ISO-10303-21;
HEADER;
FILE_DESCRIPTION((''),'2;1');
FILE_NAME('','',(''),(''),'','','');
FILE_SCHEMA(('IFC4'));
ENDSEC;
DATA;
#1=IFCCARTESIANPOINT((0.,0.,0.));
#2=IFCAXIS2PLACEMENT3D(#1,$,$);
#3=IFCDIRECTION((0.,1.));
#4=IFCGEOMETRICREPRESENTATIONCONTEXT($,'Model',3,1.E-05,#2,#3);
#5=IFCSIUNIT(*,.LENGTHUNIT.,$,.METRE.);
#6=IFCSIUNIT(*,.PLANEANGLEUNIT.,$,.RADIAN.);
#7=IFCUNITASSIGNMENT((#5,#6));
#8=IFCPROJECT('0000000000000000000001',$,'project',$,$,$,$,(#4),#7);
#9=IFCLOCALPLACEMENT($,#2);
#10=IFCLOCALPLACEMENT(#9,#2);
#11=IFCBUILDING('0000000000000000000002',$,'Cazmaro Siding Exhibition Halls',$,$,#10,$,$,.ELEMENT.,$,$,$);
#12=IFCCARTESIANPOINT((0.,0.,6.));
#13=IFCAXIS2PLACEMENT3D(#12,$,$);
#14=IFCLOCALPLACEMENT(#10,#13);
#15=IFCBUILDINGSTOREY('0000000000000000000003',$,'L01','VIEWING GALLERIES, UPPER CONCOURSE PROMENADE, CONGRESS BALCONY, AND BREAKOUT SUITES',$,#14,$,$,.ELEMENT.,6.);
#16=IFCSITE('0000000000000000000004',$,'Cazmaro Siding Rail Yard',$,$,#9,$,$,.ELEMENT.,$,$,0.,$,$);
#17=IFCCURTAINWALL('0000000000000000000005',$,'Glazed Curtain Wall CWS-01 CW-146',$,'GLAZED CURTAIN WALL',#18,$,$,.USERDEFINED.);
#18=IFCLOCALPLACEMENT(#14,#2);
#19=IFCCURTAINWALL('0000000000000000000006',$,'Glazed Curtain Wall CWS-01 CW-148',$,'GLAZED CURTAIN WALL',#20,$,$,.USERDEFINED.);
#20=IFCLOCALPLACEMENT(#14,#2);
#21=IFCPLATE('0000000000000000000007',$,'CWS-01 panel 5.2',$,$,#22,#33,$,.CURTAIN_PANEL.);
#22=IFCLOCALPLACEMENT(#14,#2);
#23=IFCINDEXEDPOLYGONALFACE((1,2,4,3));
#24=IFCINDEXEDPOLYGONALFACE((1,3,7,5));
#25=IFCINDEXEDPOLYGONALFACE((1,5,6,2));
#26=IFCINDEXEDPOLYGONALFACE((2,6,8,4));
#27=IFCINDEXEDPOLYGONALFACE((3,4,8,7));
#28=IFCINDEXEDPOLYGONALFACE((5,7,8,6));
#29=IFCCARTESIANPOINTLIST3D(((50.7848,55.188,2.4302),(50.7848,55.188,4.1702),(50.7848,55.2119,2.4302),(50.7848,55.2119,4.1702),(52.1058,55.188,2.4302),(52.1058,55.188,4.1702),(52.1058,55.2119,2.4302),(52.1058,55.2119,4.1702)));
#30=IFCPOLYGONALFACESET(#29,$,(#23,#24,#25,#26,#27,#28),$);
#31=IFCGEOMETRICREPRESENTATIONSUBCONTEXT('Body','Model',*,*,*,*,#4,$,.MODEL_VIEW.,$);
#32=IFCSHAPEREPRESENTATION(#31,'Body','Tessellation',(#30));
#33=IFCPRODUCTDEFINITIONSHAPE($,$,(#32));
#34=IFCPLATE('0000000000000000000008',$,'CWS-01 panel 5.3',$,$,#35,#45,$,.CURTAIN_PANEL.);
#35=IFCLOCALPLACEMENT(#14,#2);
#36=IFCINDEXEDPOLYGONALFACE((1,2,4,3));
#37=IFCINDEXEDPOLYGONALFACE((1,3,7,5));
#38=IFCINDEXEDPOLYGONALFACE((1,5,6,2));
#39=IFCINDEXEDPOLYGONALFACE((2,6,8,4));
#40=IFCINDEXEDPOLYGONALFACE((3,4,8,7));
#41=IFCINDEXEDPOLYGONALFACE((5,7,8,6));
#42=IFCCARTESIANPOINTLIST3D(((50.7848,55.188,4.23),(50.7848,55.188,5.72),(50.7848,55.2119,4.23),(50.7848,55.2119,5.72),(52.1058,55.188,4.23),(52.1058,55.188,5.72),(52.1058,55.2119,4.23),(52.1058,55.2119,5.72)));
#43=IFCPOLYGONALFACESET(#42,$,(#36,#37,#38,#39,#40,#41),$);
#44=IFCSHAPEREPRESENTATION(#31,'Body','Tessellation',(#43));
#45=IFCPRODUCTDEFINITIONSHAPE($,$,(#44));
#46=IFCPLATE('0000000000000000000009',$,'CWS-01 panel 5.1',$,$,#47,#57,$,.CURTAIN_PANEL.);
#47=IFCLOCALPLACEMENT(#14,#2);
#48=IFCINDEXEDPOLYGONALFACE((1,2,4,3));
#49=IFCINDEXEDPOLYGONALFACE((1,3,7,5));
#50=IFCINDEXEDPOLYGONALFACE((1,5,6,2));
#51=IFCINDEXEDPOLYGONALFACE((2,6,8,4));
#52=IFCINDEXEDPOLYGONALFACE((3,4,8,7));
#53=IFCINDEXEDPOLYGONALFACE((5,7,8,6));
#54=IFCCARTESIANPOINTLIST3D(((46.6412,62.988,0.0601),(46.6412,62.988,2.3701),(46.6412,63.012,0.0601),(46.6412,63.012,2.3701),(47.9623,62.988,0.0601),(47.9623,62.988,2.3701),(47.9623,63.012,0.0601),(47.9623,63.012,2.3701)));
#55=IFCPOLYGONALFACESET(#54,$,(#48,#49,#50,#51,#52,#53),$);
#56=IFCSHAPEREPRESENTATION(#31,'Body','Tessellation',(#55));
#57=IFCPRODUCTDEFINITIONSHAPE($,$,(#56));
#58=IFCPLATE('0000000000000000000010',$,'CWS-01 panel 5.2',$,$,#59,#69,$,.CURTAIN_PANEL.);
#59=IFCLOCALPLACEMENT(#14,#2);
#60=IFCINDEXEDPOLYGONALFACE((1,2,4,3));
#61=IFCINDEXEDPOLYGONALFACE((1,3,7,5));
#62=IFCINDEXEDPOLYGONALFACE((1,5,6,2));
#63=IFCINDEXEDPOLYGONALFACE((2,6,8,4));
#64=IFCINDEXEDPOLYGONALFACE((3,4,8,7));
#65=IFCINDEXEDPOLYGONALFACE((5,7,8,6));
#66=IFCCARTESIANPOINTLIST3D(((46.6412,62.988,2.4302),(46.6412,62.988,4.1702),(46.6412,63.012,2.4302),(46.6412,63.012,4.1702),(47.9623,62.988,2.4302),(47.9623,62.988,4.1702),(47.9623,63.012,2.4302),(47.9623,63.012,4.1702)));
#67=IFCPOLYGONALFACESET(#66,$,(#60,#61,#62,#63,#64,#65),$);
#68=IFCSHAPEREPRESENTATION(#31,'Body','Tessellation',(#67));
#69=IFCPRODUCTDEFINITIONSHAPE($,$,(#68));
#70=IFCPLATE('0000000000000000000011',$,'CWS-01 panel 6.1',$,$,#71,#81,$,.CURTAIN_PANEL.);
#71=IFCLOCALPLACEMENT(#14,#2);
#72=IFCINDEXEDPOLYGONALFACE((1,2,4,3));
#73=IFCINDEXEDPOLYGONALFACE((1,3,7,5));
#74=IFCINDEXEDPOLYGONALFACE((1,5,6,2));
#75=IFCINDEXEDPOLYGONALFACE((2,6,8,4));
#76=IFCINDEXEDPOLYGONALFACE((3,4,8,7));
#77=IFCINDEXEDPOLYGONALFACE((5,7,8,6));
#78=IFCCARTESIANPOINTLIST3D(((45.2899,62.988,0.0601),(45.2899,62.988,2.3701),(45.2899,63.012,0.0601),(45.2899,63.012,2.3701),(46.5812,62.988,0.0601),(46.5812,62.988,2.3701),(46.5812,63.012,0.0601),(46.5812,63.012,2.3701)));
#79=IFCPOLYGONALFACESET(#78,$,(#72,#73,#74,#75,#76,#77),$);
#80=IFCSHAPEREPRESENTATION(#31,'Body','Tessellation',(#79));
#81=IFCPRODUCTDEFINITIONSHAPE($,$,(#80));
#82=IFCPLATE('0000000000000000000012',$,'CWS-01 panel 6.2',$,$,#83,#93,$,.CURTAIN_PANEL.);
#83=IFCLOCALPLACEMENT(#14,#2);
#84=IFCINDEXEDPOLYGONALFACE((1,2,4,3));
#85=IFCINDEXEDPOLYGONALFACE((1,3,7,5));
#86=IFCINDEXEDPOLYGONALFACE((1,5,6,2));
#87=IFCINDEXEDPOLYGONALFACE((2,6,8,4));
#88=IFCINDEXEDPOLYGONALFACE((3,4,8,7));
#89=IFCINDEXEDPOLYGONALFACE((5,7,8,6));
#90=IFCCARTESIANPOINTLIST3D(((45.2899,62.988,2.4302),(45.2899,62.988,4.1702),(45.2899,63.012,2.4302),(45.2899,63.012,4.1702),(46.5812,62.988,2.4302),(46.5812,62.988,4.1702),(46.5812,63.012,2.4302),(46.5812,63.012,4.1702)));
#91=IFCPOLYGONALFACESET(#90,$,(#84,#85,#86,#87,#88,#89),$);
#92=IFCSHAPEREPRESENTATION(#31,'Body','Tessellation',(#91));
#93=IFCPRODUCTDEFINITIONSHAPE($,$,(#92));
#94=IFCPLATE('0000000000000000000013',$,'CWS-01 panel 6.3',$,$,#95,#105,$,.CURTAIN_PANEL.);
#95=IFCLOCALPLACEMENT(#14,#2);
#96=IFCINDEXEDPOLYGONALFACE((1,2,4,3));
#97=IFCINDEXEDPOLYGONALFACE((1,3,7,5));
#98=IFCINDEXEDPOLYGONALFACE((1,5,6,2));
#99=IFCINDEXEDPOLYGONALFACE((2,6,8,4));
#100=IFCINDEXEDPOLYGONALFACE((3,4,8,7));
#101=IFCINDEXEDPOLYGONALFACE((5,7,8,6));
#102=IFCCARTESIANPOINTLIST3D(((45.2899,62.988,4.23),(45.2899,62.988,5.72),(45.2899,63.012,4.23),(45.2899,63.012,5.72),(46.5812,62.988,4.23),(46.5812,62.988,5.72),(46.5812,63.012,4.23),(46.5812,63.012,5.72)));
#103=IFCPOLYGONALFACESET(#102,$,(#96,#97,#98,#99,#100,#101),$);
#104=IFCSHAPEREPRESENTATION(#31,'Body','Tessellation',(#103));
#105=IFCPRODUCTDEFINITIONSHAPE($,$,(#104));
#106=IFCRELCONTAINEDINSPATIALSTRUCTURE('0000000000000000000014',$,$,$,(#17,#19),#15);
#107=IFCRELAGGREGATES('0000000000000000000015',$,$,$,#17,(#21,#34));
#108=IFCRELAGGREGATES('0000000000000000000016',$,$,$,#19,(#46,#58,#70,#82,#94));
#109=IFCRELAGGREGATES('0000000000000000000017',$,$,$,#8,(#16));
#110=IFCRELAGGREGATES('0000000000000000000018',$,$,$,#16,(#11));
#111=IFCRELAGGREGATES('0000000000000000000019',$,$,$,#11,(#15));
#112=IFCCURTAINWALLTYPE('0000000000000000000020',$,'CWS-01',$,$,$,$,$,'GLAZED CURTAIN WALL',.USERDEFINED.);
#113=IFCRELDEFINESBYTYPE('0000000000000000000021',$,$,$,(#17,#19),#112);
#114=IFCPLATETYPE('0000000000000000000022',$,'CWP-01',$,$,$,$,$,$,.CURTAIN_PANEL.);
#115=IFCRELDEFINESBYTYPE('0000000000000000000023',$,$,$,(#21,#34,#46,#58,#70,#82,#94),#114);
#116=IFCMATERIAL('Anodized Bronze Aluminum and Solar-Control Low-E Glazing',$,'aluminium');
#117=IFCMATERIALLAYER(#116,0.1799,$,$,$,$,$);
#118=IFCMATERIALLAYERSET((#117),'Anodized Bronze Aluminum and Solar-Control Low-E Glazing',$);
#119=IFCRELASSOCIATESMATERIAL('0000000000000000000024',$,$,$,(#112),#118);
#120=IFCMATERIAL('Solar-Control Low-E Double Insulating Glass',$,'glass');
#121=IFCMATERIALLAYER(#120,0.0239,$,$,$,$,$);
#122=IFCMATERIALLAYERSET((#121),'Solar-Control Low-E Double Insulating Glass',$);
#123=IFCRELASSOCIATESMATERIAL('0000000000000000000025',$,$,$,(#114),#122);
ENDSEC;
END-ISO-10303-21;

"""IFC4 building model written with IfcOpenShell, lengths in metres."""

from ifc_helpers import new_model, si_unit, direction, frame, origin, origin_2d, place, context, subcontext, project, spatial, rectangle, extrude, material, layer, layer_set, type_object, element, aggregate, save


model = new_model("IFC4")

# Units and contexts
model_context = context("Model", 3, precision=1e-05, world=origin(), true_north=direction((0.0, 1.0)))
body_context = subcontext(model_context, "Body", "Model", "MODEL_VIEW")
ifc_project = project(units=[si_unit("LENGTHUNIT", "METRE"), si_unit("PLANEANGLEUNIT", "RADIAN")], contexts=[model_context])

# Site, building, storey
site_placement = place(None, origin())
site = spatial("IfcSite", under=ifc_project, at=site_placement, Name="Cazmaro Siding Rail Yard", CompositionType="ELEMENT", RefElevation=0.0)
building_placement = place(site_placement, origin())
building = spatial("IfcBuilding", under=site, at=building_placement, Name="Cazmaro Siding Exhibition Halls", CompositionType="ELEMENT")
storey_placement = place(building_placement, frame((0.0, 0.0, 6.0)))
storey = spatial("IfcBuildingStorey", under=building, at=storey_placement, Name="L01", Description="VIEWING GALLERIES, UPPER CONCOURSE PROMENADE, CONGRESS BALCONY, AND BREAKOUT SUITES", CompositionType="ELEMENT", Elevation=6.0)

# Curtain walls
ifc_material_1 = material(Name="Anodized Bronze Aluminum and Solar-Control Low-E Glazing", Category="aluminium")
ifc_layer_1 = layer(ifc_material_1, 0.1799)
ifc_layer_set_1 = layer_set([ifc_layer_1], Name="Anodized Bronze Aluminum and Solar-Control Low-E Glazing")
curtain_wall_type = type_object("IfcCurtainWallType", Name="CWS-01", ElementType="GLAZED CURTAIN WALL", PredefinedType="USERDEFINED", material=ifc_layer_set_1)
curtain_wall_1_placement = place(storey_placement, origin())
curtain_wall_1 = element("IfcCurtainWall", 1, at=curtain_wall_1_placement, inside=storey, type_object=curtain_wall_type, Name="Glazed Curtain Wall CWS-01 CW-146", ObjectType="GLAZED CURTAIN WALL", PredefinedType="USERDEFINED")
curtain_wall_2_placement = place(storey_placement, origin())
curtain_wall_2 = element("IfcCurtainWall", 2, at=curtain_wall_2_placement, inside=storey, type_object=curtain_wall_type, Name="Glazed Curtain Wall CWS-01 CW-148", ObjectType="GLAZED CURTAIN WALL", PredefinedType="USERDEFINED")

# Plates
ifc_material_2 = material(Name="Solar-Control Low-E Double Insulating Glass", Category="glass")
ifc_layer_2 = layer(ifc_material_2, 0.0239)
ifc_layer_set_2 = layer_set([ifc_layer_2], Name="Solar-Control Low-E Double Insulating Glass")
plate_type = type_object("IfcPlateType", Name="CWP-01", PredefinedType="CURTAIN_PANEL", material=ifc_layer_set_2)
plate_1_placement = place(storey_placement, frame((51.4453, 55.2, 2.4302), z_axis=(0.0, 0.0, 1.0), x_axis=(1.0, 0.0, 0.0)))
plate_1 = element("IfcPlate", 3, at=plate_1_placement, type_object=plate_type, Name="CWS-01 panel 5.2", PredefinedType="CURTAIN_PANEL", context=body_context, shape_type="SweptSolid", body=[
    extrude(rectangle(XDim=1.321, YDim=0.0239, at=origin_2d()), origin(), (0.0, 0.0, 1.0), 1.74),
])
plate_2_placement = place(storey_placement, frame((51.4453, 55.2, 4.23), z_axis=(0.0, 0.0, 1.0), x_axis=(1.0, 0.0, 0.0)))
plate_2 = element("IfcPlate", 4, at=plate_2_placement, type_object=plate_type, Name="CWS-01 panel 5.3", PredefinedType="CURTAIN_PANEL", context=body_context, shape_type="SweptSolid", body=[
    extrude(rectangle(XDim=1.321, YDim=0.0239, at=origin_2d()), origin(), (0.0, 0.0, 1.0), 1.49),
])
aggregate(curtain_wall_1, [plate_1, plate_2])
plate_3_placement = place(storey_placement, frame((47.3018, 63.0, 0.0601), z_axis=(0.0, 0.0, 1.0), x_axis=(-1.0, 0.0, 0.0)))
plate_3 = element("IfcPlate", 5, at=plate_3_placement, type_object=plate_type, Name="CWS-01 panel 5.1", PredefinedType="CURTAIN_PANEL", context=body_context, shape_type="SweptSolid", body=[
    extrude(rectangle(XDim=1.321, YDim=0.0239, at=origin_2d()), origin(), (0.0, 0.0, 1.0), 2.3101),
])
plate_4_placement = place(storey_placement, frame((47.3018, 63.0, 2.4302), z_axis=(0.0, 0.0, 1.0), x_axis=(-1.0, 0.0, 0.0)))
plate_4 = element("IfcPlate", 6, at=plate_4_placement, type_object=plate_type, Name="CWS-01 panel 5.2", PredefinedType="CURTAIN_PANEL", context=body_context, shape_type="SweptSolid", body=[
    extrude(rectangle(XDim=1.321, YDim=0.0239, at=origin_2d()), origin(), (0.0, 0.0, 1.0), 1.74),
])
plate_5_placement = place(storey_placement, frame((45.9355, 63.0, 0.0601), z_axis=(0.0, 0.0, 1.0), x_axis=(-1.0, 0.0, 0.0)))
plate_5 = element("IfcPlate", 7, at=plate_5_placement, type_object=plate_type, Name="CWS-01 panel 6.1", PredefinedType="CURTAIN_PANEL", context=body_context, shape_type="SweptSolid", body=[
    extrude(rectangle(XDim=1.2913, YDim=0.0239, at=origin_2d()), origin(), (0.0, 0.0, 1.0), 2.3101),
])
plate_6_placement = place(storey_placement, frame((45.9355, 63.0, 2.4302), z_axis=(0.0, 0.0, 1.0), x_axis=(-1.0, 0.0, 0.0)))
plate_6 = element("IfcPlate", 8, at=plate_6_placement, type_object=plate_type, Name="CWS-01 panel 6.2", PredefinedType="CURTAIN_PANEL", context=body_context, shape_type="SweptSolid", body=[
    extrude(rectangle(XDim=1.2913, YDim=0.0239, at=origin_2d()), origin(), (0.0, 0.0, 1.0), 1.74),
])
plate_7_placement = place(storey_placement, frame((45.9355, 63.0, 4.23), z_axis=(0.0, 0.0, 1.0), x_axis=(-1.0, 0.0, 0.0)))
plate_7 = element("IfcPlate", 9, at=plate_7_placement, type_object=plate_type, Name="CWS-01 panel 6.3", PredefinedType="CURTAIN_PANEL", context=body_context, shape_type="SweptSolid", body=[
    extrude(rectangle(XDim=1.2913, YDim=0.0239, at=origin_2d()), origin(), (0.0, 0.0, 1.0), 1.49),
])
aggregate(curtain_wall_2, [plate_3, plate_4, plate_5, plate_6, plate_7])

save(model, "model.ifc")
